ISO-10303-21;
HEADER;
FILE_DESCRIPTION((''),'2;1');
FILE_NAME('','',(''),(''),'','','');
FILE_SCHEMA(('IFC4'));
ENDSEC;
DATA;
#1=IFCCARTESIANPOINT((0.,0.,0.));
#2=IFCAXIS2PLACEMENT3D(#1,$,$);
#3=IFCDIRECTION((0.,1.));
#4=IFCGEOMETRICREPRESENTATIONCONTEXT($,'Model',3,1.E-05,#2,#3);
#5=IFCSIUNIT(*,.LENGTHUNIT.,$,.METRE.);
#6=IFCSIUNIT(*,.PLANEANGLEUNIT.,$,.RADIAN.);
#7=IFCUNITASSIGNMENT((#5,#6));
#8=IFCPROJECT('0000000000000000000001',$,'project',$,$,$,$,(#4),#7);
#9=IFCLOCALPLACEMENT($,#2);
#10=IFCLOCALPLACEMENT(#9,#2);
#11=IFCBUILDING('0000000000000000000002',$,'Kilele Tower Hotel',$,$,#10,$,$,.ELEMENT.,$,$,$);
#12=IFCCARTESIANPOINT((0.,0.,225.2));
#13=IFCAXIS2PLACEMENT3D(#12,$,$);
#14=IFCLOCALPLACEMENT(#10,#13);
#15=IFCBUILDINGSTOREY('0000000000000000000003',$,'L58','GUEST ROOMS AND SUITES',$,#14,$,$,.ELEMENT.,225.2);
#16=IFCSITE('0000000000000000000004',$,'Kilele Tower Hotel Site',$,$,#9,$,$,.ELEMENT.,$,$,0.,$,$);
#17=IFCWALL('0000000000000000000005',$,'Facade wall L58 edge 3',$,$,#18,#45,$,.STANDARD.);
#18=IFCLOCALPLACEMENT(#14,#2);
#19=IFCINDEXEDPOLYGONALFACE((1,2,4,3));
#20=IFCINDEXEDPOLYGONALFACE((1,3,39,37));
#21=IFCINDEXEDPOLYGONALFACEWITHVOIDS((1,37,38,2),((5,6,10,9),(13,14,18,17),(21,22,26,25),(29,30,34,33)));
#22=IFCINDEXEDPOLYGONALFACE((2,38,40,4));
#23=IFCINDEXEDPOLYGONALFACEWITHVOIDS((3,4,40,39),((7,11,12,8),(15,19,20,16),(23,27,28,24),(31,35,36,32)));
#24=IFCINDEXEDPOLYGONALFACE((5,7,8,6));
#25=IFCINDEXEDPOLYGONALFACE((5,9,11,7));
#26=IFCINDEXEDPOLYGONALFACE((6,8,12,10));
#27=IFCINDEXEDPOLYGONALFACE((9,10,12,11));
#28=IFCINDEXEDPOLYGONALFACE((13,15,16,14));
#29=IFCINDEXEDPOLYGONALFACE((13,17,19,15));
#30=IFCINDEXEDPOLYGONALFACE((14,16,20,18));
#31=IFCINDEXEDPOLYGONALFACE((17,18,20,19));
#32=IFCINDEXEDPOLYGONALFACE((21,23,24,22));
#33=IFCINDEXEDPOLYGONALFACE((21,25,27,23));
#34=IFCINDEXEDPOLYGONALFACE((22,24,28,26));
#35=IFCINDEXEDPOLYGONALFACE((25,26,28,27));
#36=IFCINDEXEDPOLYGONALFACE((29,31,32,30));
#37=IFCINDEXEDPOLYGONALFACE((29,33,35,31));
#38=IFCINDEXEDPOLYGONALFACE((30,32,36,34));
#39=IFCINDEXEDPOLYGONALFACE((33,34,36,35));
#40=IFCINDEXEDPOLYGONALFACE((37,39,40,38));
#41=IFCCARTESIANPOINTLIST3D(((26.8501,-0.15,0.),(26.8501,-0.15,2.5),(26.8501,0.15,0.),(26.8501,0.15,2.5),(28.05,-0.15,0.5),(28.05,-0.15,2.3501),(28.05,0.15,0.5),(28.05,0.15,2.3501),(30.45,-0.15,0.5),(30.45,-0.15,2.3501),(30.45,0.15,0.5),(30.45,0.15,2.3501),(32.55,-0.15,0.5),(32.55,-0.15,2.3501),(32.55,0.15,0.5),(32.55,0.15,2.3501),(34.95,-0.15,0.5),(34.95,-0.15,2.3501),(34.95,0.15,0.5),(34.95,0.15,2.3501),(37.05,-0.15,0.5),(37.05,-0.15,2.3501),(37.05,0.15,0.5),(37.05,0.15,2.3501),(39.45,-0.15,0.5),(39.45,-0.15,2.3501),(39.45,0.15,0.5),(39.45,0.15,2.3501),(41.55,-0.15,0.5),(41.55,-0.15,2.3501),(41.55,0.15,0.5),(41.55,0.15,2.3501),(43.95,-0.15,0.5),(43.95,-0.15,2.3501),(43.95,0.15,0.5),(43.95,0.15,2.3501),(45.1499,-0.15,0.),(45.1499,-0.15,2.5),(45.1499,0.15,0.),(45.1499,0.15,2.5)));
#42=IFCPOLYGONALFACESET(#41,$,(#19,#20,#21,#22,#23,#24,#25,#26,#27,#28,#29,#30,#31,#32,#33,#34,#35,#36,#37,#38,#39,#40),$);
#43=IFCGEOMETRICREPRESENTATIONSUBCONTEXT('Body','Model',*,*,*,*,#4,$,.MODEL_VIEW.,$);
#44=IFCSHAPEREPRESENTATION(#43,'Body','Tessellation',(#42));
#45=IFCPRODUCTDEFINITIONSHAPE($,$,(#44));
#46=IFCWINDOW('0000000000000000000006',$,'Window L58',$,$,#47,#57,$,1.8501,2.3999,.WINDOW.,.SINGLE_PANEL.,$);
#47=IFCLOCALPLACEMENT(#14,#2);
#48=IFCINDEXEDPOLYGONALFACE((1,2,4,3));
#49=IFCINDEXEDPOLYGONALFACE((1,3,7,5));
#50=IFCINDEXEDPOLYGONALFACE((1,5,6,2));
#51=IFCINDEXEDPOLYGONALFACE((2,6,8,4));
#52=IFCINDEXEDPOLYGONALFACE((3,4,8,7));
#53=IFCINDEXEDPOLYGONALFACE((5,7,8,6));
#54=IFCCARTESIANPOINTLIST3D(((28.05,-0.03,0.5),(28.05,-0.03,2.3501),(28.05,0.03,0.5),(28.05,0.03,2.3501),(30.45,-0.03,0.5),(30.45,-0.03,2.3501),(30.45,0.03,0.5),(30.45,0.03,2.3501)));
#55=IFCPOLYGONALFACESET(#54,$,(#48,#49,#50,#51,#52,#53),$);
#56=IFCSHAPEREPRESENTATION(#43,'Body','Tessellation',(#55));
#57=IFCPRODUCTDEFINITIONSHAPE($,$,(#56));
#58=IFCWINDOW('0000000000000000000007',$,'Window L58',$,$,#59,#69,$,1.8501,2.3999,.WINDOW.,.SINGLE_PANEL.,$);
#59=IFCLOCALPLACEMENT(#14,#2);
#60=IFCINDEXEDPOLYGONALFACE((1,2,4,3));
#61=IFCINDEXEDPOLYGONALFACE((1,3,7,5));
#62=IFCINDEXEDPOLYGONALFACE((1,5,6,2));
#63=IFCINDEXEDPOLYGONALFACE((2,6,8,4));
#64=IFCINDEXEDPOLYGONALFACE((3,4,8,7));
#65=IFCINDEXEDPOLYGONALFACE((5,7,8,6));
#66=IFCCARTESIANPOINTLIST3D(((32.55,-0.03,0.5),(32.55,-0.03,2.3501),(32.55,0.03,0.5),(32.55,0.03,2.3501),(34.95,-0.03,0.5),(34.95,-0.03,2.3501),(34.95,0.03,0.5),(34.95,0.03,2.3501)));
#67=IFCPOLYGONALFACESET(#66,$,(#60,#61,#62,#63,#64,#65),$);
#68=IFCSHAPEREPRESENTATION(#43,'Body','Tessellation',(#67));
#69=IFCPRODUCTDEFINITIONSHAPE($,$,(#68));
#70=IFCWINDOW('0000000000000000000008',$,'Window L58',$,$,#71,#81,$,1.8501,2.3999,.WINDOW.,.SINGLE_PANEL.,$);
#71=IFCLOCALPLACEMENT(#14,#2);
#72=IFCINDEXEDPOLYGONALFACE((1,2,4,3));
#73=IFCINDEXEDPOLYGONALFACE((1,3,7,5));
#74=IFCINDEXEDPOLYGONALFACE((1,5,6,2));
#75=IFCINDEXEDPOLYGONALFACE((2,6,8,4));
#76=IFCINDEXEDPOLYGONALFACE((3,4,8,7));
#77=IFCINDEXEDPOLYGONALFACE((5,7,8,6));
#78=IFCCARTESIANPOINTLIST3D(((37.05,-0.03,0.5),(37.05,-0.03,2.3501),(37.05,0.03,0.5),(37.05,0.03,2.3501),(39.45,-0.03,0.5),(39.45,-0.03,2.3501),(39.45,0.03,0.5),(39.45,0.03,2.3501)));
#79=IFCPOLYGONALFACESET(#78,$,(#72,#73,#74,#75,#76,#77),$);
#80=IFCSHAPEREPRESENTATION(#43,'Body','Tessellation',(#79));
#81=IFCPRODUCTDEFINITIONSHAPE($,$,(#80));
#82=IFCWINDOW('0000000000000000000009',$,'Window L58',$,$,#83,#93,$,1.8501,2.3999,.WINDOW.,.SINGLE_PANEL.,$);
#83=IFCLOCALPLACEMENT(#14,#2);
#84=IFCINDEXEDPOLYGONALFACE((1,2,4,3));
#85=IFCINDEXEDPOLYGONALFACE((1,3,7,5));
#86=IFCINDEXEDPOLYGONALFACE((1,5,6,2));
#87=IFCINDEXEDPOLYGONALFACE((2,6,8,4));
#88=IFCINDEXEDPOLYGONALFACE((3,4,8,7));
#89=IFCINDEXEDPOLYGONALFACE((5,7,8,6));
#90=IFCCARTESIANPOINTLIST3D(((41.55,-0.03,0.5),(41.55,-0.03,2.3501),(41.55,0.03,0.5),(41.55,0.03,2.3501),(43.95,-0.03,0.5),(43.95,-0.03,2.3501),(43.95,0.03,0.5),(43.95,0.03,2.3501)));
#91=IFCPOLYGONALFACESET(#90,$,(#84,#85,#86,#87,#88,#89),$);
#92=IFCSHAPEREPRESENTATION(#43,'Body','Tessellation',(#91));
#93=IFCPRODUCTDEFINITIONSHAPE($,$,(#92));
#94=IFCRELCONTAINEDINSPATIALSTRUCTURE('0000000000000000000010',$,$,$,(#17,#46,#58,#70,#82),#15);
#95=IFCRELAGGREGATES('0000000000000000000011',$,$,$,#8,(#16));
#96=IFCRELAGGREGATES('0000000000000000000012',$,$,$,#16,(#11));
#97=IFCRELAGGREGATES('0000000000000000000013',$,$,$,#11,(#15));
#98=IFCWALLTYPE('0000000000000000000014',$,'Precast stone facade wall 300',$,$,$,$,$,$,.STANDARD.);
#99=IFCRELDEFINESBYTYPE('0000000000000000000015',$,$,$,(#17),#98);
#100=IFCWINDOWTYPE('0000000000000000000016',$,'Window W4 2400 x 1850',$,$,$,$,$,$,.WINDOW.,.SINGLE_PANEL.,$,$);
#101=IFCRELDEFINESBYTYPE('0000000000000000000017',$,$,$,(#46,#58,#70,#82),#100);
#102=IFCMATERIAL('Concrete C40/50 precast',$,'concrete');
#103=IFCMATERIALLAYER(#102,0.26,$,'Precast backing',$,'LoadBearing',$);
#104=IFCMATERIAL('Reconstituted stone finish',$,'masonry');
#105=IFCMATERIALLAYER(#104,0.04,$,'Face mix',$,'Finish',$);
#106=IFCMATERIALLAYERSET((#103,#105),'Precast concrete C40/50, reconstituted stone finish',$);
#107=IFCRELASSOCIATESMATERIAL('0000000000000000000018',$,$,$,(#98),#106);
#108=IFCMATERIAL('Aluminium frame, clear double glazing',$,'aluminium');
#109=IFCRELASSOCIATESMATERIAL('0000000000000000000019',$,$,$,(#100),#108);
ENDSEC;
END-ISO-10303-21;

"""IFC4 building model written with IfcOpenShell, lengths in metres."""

from ifc_helpers import new_model, si_unit, direction, frame, frame_2d, origin, place, context, subcontext, project, spatial, rectangle, extrude, material, layer, layer_set, type_object, element, fill, save


model = new_model("IFC4")

# Units and contexts
model_context = context("Model", 3, precision=1e-05, world=origin(), true_north=direction((0.0, 1.0)))
body_context = subcontext(model_context, "Body", "Model", "MODEL_VIEW")
ifc_project = project(units=[si_unit("LENGTHUNIT", "METRE"), si_unit("PLANEANGLEUNIT", "RADIAN")], contexts=[model_context])

# Site, building, storey
site_placement = place(None, origin())
site = spatial("IfcSite", under=ifc_project, at=site_placement, Name="Kilele Tower Hotel Site", CompositionType="ELEMENT", RefElevation=0.0)
building_placement = place(site_placement, origin())
building = spatial("IfcBuilding", under=site, at=building_placement, Name="Kilele Tower Hotel", CompositionType="ELEMENT")
storey_placement = place(building_placement, frame((0.0, 0.0, 225.2)))
storey = spatial("IfcBuildingStorey", under=building, at=storey_placement, Name="L58", Description="GUEST ROOMS AND SUITES", CompositionType="ELEMENT", Elevation=225.2)

# Wall, openings, windows
ifc_material_1 = material(Name="Concrete C40/50 precast", Category="concrete")
ifc_layer_1 = layer(ifc_material_1, 0.26, Name="Precast backing", Category="LoadBearing")
ifc_material_2 = material(Name="Reconstituted stone finish", Category="masonry")
ifc_layer_2 = layer(ifc_material_2, 0.04, Name="Face mix", Category="Finish")
ifc_layer_set_1 = layer_set([ifc_layer_1, ifc_layer_2], Name="Precast concrete C40/50, reconstituted stone finish")
wall_type_1 = type_object("IfcWallType", Name="Precast stone facade wall 300", PredefinedType="STANDARD", material=ifc_layer_set_1)
wall_1_placement = place(storey_placement, frame((26.8501, 0.0, 0.0), z_axis=(0.0, 0.0, 1.0), x_axis=(1.0, 0.0, 0.0)))
wall_1 = element("IfcWall", 1, at=wall_1_placement, inside=storey, type_object=wall_type_1, Name="Facade wall L58 edge 3", PredefinedType="STANDARD", context=body_context, shape_type="SweptSolid", body=[
    extrude(rectangle(XDim=18.2998, YDim=0.3, at=frame_2d((9.1499, 0.0))), origin(), (0.0, 0.0, 1.0), 2.5),
])
opening_1_placement = place(wall_1_placement, frame((1.2, 0.0, 0.5)))
opening_1 = element("IfcOpeningElement", 2, at=opening_1_placement, cuts=wall_1, PredefinedType="OPENING", context=body_context, shape_type="SweptSolid", body=[
    extrude(rectangle(XDim=2.3999, YDim=1.8501, at=frame_2d((1.2, 0.925))), frame((0.0, 0.1599, 0.0), z_axis=(0.0, -1.0, 0.0), x_axis=(1.0, 0.0, 0.0)), (0.0, 0.0, 1.0), 0.3201),
])
opening_2_placement = place(wall_1_placement, frame((5.7, 0.0, 0.5)))
opening_2 = element("IfcOpeningElement", 3, at=opening_2_placement, cuts=wall_1, PredefinedType="OPENING", context=body_context, shape_type="SweptSolid", body=[
    extrude(rectangle(XDim=2.3999, YDim=1.8501, at=frame_2d((1.2, 0.925))), frame((0.0, 0.1599, 0.0), z_axis=(0.0, -1.0, 0.0), x_axis=(1.0, 0.0, 0.0)), (0.0, 0.0, 1.0), 0.3201),
])
opening_3_placement = place(wall_1_placement, frame((10.2, 0.0, 0.5)))
opening_3 = element("IfcOpeningElement", 4, at=opening_3_placement, cuts=wall_1, PredefinedType="OPENING", context=body_context, shape_type="SweptSolid", body=[
    extrude(rectangle(XDim=2.3999, YDim=1.8501, at=frame_2d((1.2, 0.925))), frame((0.0, 0.1599, 0.0), z_axis=(0.0, -1.0, 0.0), x_axis=(1.0, 0.0, 0.0)), (0.0, 0.0, 1.0), 0.3201),
])
opening_4_placement = place(wall_1_placement, frame((14.7, 0.0, 0.5)))
opening_4 = element("IfcOpeningElement", 5, at=opening_4_placement, cuts=wall_1, PredefinedType="OPENING", context=body_context, shape_type="SweptSolid", body=[
    extrude(rectangle(XDim=2.3999, YDim=1.8501, at=frame_2d((1.2, 0.925))), frame((0.0, 0.1599, 0.0), z_axis=(0.0, -1.0, 0.0), x_axis=(1.0, 0.0, 0.0)), (0.0, 0.0, 1.0), 0.3201),
])
ifc_material_3 = material(Name="Aluminium frame, clear double glazing", Category="aluminium")
window_type = type_object("IfcWindowType", Name="Window W4 2400 x 1850", PartitioningType="SINGLE_PANEL", PredefinedType="WINDOW", material=ifc_material_3)
window_1_placement = place(opening_1_placement, origin())
window_1 = element("IfcWindow", 6, at=window_1_placement, inside=storey, type_object=window_type, Name="Window L58", OverallHeight=1.8501, OverallWidth=2.3999, PartitioningType="SINGLE_PANEL", PredefinedType="WINDOW", context=body_context, shape_type="SweptSolid", body=[
    extrude(rectangle(XDim=2.3999, YDim=1.8501, at=frame_2d((1.2, 0.925))), frame((0.0, 0.03, 0.0), z_axis=(0.0, -1.0, 0.0), x_axis=(1.0, 0.0, 0.0)), (0.0, 0.0, 1.0), 0.0601),
])
fill(opening_1, window_1)
window_2_placement = place(opening_2_placement, origin())
window_2 = element("IfcWindow", 7, at=window_2_placement, inside=storey, type_object=window_type, Name="Window L58", OverallHeight=1.8501, OverallWidth=2.3999, PartitioningType="SINGLE_PANEL", PredefinedType="WINDOW", context=body_context, shape_type="SweptSolid", body=[
    extrude(rectangle(XDim=2.3999, YDim=1.8501, at=frame_2d((1.2, 0.925))), frame((0.0, 0.03, 0.0), z_axis=(0.0, -1.0, 0.0), x_axis=(1.0, 0.0, 0.0)), (0.0, 0.0, 1.0), 0.0601),
])
fill(opening_2, window_2)
window_3_placement = place(opening_3_placement, origin())
window_3 = element("IfcWindow", 8, at=window_3_placement, inside=storey, type_object=window_type, Name="Window L58", OverallHeight=1.8501, OverallWidth=2.3999, PartitioningType="SINGLE_PANEL", PredefinedType="WINDOW", context=body_context, shape_type="SweptSolid", body=[
    extrude(rectangle(XDim=2.3999, YDim=1.8501, at=frame_2d((1.2, 0.925))), frame((0.0, 0.03, 0.0), z_axis=(0.0, -1.0, 0.0), x_axis=(1.0, 0.0, 0.0)), (0.0, 0.0, 1.0), 0.0601),
])
fill(opening_3, window_3)
window_4_placement = place(opening_4_placement, origin())
window_4 = element("IfcWindow", 9, at=window_4_placement, inside=storey, type_object=window_type, Name="Window L58", OverallHeight=1.8501, OverallWidth=2.3999, PartitioningType="SINGLE_PANEL", PredefinedType="WINDOW", context=body_context, shape_type="SweptSolid", body=[
    extrude(rectangle(XDim=2.3999, YDim=1.8501, at=frame_2d((1.2, 0.925))), frame((0.0, 0.03, 0.0), z_axis=(0.0, -1.0, 0.0), x_axis=(1.0, 0.0, 0.0)), (0.0, 0.0, 1.0), 0.0601),
])
fill(opening_4, window_4)

save(model, "model.ifc")
